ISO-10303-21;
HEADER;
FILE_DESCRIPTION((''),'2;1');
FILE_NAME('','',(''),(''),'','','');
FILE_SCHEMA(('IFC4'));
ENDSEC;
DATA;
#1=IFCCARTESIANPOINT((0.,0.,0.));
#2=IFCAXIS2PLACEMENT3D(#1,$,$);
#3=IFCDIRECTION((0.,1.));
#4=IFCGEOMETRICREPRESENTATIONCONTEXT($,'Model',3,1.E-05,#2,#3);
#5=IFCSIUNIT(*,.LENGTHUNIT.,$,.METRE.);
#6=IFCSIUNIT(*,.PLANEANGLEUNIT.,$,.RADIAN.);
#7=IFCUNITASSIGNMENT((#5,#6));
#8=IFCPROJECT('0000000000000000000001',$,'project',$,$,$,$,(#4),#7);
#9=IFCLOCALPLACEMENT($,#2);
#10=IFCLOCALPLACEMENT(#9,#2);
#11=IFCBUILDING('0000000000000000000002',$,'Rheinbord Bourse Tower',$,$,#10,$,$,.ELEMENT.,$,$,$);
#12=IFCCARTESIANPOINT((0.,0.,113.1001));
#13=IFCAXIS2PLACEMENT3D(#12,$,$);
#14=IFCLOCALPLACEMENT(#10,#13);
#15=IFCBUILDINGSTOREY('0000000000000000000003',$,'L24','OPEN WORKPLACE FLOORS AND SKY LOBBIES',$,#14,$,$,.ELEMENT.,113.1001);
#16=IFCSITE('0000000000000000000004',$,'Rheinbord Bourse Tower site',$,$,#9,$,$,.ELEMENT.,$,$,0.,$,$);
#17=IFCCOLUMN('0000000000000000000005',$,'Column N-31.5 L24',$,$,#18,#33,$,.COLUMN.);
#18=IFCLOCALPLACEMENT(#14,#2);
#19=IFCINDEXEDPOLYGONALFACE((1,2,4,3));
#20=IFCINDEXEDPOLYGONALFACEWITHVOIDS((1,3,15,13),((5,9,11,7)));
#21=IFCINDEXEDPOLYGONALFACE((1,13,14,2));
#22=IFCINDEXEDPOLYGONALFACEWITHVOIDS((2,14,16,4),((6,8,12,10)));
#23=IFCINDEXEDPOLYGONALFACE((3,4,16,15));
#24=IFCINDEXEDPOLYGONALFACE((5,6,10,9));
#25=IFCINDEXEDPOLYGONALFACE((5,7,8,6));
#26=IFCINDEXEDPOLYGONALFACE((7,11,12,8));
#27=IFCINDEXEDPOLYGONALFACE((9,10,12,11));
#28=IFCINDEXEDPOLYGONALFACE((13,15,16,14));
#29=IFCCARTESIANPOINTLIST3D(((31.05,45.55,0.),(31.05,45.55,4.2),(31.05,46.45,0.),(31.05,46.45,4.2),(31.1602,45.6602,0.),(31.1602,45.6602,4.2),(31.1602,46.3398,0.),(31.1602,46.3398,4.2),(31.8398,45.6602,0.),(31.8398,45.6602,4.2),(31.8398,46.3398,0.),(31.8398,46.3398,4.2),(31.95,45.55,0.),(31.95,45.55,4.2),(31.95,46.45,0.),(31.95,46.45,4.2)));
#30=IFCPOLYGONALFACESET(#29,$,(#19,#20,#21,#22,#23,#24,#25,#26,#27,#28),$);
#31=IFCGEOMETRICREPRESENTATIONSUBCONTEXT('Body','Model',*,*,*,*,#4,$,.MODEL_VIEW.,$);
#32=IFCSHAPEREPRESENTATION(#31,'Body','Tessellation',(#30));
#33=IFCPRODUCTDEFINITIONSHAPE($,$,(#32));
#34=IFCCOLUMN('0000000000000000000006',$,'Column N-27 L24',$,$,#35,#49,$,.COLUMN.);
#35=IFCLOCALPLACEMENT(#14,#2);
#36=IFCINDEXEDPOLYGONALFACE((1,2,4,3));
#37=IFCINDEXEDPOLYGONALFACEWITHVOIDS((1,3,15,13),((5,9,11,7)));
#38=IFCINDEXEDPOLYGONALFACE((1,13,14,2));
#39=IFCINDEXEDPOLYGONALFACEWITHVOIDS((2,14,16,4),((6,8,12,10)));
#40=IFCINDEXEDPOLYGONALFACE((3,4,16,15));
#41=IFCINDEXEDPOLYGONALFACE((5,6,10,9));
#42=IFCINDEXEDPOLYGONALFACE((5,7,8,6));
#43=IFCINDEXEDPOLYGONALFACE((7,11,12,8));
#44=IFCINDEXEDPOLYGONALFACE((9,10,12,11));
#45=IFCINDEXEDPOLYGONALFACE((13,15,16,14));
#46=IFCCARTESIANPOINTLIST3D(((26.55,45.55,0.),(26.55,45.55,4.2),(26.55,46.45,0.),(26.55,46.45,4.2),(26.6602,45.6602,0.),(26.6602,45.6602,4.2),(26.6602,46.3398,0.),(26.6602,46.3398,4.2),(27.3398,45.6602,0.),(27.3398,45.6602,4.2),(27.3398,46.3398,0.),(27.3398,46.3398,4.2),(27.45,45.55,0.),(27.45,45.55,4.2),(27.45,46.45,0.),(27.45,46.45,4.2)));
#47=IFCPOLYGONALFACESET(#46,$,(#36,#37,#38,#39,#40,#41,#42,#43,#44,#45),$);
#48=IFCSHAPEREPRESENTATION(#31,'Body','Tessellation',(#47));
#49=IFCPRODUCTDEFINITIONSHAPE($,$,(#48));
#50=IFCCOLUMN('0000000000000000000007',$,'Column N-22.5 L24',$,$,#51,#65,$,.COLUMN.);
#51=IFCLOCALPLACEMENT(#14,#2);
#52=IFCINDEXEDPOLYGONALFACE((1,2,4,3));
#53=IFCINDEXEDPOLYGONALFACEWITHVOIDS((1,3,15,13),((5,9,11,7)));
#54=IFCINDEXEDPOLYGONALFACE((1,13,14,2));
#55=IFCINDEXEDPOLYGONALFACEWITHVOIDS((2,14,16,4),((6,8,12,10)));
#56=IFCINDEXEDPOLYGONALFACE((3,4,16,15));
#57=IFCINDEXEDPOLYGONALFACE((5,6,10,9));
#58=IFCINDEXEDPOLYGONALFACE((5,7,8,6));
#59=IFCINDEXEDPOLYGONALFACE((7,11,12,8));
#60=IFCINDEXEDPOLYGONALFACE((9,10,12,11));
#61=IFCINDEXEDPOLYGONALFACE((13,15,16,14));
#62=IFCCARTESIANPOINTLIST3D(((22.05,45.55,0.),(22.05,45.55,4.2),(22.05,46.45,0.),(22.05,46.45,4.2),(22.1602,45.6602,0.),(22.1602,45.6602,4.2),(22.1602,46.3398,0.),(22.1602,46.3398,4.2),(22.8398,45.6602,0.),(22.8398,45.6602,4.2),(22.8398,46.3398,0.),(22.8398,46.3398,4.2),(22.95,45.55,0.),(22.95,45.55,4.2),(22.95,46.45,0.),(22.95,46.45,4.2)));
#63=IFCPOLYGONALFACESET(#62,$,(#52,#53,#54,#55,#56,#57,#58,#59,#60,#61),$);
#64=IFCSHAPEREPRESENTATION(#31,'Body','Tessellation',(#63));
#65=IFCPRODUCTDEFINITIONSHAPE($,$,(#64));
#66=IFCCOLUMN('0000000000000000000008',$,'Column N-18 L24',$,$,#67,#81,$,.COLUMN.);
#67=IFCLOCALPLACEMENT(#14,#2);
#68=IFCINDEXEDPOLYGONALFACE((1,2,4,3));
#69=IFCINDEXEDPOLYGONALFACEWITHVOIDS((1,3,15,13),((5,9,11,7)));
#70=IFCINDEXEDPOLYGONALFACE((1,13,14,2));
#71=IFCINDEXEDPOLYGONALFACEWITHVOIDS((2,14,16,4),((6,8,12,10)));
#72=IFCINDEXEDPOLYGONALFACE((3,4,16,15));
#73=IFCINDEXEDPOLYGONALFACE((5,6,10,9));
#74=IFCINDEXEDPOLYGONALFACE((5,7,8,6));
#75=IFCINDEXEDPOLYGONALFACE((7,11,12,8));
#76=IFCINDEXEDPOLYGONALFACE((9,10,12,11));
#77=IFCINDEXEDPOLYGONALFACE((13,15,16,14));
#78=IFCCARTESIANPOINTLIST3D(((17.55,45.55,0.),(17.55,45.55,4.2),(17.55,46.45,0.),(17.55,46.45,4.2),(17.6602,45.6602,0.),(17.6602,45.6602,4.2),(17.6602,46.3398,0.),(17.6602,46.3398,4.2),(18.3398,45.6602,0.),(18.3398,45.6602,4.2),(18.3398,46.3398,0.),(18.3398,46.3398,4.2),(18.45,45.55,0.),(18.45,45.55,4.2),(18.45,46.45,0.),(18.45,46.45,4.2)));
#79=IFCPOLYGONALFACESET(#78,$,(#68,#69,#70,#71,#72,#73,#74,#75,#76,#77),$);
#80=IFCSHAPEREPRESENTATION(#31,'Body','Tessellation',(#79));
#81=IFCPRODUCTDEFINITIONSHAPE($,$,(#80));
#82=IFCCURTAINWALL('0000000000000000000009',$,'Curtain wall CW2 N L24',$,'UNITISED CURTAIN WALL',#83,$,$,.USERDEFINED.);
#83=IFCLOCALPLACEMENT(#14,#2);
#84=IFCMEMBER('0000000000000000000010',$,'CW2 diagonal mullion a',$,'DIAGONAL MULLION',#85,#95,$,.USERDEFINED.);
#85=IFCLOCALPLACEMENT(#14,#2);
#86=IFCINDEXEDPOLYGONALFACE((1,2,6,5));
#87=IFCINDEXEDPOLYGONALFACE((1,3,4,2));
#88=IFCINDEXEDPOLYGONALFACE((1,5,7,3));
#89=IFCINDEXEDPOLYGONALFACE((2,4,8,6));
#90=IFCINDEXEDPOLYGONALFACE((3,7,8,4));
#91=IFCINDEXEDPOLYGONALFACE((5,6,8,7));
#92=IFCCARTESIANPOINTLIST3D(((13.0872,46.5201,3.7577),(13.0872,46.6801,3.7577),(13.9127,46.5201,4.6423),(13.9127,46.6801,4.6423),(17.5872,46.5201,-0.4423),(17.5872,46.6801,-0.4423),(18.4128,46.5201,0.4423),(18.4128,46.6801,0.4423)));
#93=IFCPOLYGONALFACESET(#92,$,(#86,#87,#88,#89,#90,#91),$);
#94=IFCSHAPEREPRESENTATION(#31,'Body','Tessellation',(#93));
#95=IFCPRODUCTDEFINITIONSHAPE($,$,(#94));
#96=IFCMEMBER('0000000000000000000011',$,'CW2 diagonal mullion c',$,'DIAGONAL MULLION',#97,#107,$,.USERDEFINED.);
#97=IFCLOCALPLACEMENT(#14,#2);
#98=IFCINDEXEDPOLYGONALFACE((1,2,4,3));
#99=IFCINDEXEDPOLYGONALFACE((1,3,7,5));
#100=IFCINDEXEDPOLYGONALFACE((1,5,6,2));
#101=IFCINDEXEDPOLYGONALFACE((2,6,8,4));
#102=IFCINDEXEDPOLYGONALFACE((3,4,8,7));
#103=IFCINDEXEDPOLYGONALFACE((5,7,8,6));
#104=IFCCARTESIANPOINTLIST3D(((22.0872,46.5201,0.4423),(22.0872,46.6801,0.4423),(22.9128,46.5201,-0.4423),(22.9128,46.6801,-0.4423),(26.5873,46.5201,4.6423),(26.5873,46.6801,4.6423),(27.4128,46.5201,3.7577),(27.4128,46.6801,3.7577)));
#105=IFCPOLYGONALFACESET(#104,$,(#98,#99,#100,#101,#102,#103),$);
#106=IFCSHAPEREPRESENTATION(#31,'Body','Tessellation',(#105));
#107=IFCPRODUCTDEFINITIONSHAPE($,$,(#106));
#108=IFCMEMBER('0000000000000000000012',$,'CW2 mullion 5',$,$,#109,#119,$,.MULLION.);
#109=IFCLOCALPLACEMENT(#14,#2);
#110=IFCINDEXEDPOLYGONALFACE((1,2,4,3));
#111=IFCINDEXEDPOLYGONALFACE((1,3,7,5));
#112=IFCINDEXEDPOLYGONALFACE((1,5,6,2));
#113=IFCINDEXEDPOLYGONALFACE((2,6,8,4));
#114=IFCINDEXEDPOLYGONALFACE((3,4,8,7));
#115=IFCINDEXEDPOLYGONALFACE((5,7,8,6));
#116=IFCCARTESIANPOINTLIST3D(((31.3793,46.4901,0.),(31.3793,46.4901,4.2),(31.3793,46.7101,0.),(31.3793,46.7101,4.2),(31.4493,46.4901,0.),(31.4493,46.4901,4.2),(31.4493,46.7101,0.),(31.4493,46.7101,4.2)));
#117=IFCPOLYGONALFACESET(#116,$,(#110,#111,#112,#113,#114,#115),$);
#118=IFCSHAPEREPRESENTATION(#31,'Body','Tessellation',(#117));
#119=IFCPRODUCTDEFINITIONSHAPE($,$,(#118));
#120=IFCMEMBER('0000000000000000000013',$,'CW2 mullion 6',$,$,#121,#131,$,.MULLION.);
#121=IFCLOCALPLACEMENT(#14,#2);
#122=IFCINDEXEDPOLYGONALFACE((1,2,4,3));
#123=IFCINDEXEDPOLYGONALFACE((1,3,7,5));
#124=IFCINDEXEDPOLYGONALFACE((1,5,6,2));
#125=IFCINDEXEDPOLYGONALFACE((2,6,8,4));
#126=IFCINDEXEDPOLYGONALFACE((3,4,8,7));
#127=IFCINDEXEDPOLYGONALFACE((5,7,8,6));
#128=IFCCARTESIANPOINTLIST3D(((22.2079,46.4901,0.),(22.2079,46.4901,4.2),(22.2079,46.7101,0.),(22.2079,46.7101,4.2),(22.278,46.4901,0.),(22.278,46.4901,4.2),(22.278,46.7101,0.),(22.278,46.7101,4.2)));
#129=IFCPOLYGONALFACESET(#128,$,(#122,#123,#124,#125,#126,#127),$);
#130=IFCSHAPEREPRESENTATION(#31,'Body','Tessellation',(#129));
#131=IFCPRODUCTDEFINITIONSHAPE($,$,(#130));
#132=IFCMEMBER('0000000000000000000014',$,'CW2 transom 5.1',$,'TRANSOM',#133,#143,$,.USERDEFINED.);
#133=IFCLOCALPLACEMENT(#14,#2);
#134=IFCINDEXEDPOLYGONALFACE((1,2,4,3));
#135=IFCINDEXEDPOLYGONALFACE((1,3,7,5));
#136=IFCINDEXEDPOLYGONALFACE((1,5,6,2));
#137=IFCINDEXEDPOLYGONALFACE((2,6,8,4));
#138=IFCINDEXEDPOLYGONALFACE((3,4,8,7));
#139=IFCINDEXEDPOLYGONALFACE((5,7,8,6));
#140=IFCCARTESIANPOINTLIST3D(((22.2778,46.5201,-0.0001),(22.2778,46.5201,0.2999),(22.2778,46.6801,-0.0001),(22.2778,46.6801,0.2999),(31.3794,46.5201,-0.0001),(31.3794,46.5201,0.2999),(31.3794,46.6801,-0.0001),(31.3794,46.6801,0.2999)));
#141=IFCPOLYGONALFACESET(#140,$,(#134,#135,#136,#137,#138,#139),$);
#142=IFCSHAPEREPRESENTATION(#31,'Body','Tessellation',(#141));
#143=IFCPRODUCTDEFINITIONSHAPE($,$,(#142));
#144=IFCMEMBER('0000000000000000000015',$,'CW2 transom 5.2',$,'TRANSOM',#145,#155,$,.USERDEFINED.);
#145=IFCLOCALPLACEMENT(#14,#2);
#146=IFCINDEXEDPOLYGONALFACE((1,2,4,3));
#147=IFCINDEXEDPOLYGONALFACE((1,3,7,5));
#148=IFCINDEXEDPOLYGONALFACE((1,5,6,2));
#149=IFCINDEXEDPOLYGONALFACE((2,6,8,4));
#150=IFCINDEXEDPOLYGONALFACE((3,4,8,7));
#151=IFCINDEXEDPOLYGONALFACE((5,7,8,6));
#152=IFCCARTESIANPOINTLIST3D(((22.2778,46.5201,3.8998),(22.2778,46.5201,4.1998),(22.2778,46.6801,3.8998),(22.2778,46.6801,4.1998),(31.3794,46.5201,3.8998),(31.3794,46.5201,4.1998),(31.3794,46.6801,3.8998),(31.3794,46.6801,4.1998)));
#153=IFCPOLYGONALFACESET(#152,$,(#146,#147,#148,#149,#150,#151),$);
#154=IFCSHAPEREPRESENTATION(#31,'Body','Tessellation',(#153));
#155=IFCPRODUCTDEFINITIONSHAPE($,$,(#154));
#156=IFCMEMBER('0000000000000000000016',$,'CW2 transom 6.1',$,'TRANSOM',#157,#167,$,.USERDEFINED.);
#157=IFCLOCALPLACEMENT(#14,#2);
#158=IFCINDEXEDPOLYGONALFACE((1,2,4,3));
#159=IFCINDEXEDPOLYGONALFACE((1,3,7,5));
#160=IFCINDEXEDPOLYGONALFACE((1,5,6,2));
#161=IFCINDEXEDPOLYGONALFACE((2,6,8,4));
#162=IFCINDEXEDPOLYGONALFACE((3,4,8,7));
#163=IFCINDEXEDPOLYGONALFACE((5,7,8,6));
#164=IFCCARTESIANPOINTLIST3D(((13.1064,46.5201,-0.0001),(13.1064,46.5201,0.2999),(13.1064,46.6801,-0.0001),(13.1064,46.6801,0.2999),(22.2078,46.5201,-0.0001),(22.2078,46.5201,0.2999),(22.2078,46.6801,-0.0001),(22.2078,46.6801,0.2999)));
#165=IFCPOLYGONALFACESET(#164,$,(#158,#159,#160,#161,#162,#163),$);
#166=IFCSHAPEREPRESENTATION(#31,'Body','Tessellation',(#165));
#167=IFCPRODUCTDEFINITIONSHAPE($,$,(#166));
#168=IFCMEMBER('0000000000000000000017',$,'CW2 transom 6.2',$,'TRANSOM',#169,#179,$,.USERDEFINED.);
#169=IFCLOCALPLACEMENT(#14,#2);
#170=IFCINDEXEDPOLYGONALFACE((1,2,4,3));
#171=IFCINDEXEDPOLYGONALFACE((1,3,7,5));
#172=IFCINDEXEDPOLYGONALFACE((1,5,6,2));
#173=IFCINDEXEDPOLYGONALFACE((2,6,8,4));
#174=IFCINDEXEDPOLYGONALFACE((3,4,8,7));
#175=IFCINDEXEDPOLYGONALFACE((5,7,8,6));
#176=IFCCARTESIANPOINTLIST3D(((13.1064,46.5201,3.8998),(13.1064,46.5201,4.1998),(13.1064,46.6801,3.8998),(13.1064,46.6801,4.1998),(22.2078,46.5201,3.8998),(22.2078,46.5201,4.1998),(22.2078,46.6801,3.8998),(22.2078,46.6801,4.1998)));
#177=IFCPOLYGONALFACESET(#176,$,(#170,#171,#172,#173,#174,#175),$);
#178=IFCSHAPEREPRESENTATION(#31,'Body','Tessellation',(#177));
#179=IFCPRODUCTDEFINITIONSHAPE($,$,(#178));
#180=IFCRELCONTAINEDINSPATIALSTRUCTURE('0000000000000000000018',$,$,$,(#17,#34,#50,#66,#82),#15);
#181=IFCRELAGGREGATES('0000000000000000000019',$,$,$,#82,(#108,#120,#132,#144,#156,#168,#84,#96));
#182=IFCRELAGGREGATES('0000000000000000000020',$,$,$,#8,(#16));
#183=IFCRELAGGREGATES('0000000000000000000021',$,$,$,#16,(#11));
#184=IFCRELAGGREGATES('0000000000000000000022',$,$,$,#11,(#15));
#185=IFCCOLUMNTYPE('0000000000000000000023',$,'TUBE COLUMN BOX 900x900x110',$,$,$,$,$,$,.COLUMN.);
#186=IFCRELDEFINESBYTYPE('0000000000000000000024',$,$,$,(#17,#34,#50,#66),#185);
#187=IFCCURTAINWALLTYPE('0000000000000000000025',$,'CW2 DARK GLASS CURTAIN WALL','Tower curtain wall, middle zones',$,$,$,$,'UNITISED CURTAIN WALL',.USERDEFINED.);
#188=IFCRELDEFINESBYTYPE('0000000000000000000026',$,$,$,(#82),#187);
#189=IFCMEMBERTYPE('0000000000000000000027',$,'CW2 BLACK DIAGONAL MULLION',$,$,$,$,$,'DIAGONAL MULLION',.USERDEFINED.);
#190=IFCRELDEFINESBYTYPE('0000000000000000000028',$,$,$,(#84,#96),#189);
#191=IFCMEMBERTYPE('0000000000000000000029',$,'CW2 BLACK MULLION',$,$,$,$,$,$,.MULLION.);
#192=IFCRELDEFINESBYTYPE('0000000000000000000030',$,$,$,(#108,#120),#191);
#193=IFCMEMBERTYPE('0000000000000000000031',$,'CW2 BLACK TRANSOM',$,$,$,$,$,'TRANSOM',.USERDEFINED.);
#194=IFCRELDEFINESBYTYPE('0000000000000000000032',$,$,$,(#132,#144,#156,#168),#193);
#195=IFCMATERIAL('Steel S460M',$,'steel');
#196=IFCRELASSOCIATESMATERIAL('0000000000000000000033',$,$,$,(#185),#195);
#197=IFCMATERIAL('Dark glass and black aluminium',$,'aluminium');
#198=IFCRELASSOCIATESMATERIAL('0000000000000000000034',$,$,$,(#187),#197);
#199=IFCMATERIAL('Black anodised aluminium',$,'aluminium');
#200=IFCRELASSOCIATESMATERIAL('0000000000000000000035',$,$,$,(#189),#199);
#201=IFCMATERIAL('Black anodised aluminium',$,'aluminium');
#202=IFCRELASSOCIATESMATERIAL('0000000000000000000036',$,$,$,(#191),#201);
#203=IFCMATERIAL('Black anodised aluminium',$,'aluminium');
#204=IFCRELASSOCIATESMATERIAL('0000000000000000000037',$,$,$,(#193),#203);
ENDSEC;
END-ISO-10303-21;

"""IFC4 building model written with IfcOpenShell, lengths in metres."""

from ifc_helpers import new_model, si_unit, direction, frame, origin, origin_2d, place, context, subcontext, project, spatial, rectangle, hollow_rectangle, extrude, material, material_profile, profile_set, type_object, element, aggregate, save


model = new_model("IFC4")

# Units and contexts
model_context = context("Model", 3, precision=1e-05, world=origin(), true_north=direction((0.0, 1.0)))
body_context = subcontext(model_context, "Body", "Model", "MODEL_VIEW")
ifc_project = project(units=[si_unit("LENGTHUNIT", "METRE"), si_unit("PLANEANGLEUNIT", "RADIAN")], contexts=[model_context])

# Site, building, storey
site_placement = place(None, origin())
site = spatial("IfcSite", under=ifc_project, at=site_placement, Name="Rheinbord Bourse Tower site", CompositionType="ELEMENT", RefElevation=0.0)
building_placement = place(site_placement, origin())
building = spatial("IfcBuilding", under=site, at=building_placement, Name="Rheinbord Bourse Tower", CompositionType="ELEMENT")
storey_placement = place(building_placement, frame((0.0, 0.0, 113.1001)))
storey = spatial("IfcBuildingStorey", under=building, at=storey_placement, Name="L24", Description="OPEN WORKPLACE FLOORS AND SKY LOBBIES", CompositionType="ELEMENT", Elevation=113.1001)

# Columns
ifc_material_1 = material(Name="Steel S460M", Category="steel")
ifc_material_profile_1 = material_profile(ifc_material_1, hollow_rectangle(XDim=0.8999, YDim=0.8999, WallThickness=0.1101, at=origin_2d()), Name="BOX 900x900x110")
ifc_profile_set_1 = profile_set([ifc_material_profile_1], Name="Steel S460M")
column_type = type_object("IfcColumnType", Name="TUBE COLUMN BOX 900x900x110", PredefinedType="COLUMN", material=ifc_profile_set_1)
for number, where, z_axis, x_axis, name in (
    (1, (31.5, 46.0, 0.0), (0.0, 0.0, 1.0), (0.0, 1.0, 0.0), "Column N-31.5 L24"),
    (2, (27.0, 46.0, 0.0), (0.0, 0.0, 1.0), (0.0, 1.0, 0.0), "Column N-27 L24"),
    (3, (22.5, 46.0, 0.0), (0.0, 0.0, 1.0), (0.0, 1.0, 0.0), "Column N-22.5 L24"),
    (4, (18.0, 46.0, 0.0), (0.0, 0.0, 1.0), (0.0, 1.0, 0.0), "Column N-18 L24"),
):
    element("IfcColumn", number, at=place(storey_placement, frame(where, z_axis=z_axis, x_axis=x_axis)), inside=storey, type_object=column_type, Name=name, PredefinedType="COLUMN", context=body_context, shape_type="SweptSolid", body=[
        extrude(hollow_rectangle(XDim=0.8999, YDim=0.8999, WallThickness=0.1101, at=origin_2d()), origin(), (0.0, 0.0, 1.0), 4.2),
    ])

# Curtain wall, members
ifc_material_2 = material(Name="Dark glass and black aluminium", Category="aluminium")
curtain_wall_type = type_object("IfcCurtainWallType", Name="CW2 DARK GLASS CURTAIN WALL", Description="Tower curtain wall, middle zones", ElementType="UNITISED CURTAIN WALL", PredefinedType="USERDEFINED", material=ifc_material_2)
curtain_wall_placement = place(storey_placement, origin())
curtain_wall = element("IfcCurtainWall", 5, at=curtain_wall_placement, inside=storey, type_object=curtain_wall_type, Name="Curtain wall CW2 N L24", ObjectType="UNITISED CURTAIN WALL", PredefinedType="USERDEFINED")
ifc_material_3 = material(Name="Black anodised aluminium", Category="aluminium")
ifc_material_profile_2 = material_profile(ifc_material_3, rectangle(XDim=0.1599, YDim=1.21, at=origin_2d()), Name="CW2 DIAGONAL MULLION 1210x160")
ifc_profile_set_2 = profile_set([ifc_material_profile_2], Name="Black anodised aluminium")
member_type_1 = type_object("IfcMemberType", Name="CW2 BLACK DIAGONAL MULLION", ElementType="DIAGONAL MULLION", PredefinedType="USERDEFINED", material=ifc_profile_set_2)
member_1_placement = place(storey_placement, frame((18.0, 46.6001, 0.0), z_axis=(-0.731059, 0.0, 0.682314), x_axis=(0.0, -1.0, 0.0)))
member_1 = element("IfcMember", 6, at=member_1_placement, type_object=member_type_1, Name="CW2 diagonal mullion a", ObjectType="DIAGONAL MULLION", PredefinedType="USERDEFINED", context=body_context, shape_type="SweptSolid", body=[
    extrude(rectangle(XDim=0.1599, YDim=1.21, at=origin_2d()), origin(), (0.0, 0.0, 1.0), 6.1555),
])
member_2_placement = place(storey_placement, frame((22.5, 46.6001, 0.0), z_axis=(0.731059, 0.0, 0.682314), x_axis=(0.0, 1.0, 0.0)))
member_2 = element("IfcMember", 7, at=member_2_placement, type_object=member_type_1, Name="CW2 diagonal mullion c", ObjectType="DIAGONAL MULLION", PredefinedType="USERDEFINED", context=body_context, shape_type="SweptSolid", body=[
    extrude(rectangle(XDim=0.1599, YDim=1.21, at=origin_2d()), origin(), (0.0, 0.0, 1.0), 6.1555),
])
ifc_material_4 = material(Name="Black anodised aluminium", Category="aluminium")
ifc_material_profile_3 = material_profile(ifc_material_4, rectangle(XDim=0.22, YDim=0.0701, at=origin_2d()), Name="CW2 MULLION 70x220")
ifc_profile_set_3 = profile_set([ifc_material_profile_3], Name="Black anodised aluminium")
member_type_2 = type_object("IfcMemberType", Name="CW2 BLACK MULLION", PredefinedType="MULLION", material=ifc_profile_set_3)
member_3_placement = place(storey_placement, frame((31.4143, 46.6001, 0.0), z_axis=(0.0, 0.0, 1.0), x_axis=(0.0, -1.0, 0.0)))
member_3 = element("IfcMember", 8, at=member_3_placement, type_object=member_type_2, Name="CW2 mullion 5", PredefinedType="MULLION", context=body_context, shape_type="SweptSolid", body=[
    extrude(rectangle(XDim=0.22, YDim=0.0701, at=origin_2d()), origin(), (0.0, 0.0, 1.0), 4.2),
])
member_4_placement = place(storey_placement, frame((22.2429, 46.6001, 0.0), z_axis=(0.0, 0.0, 1.0), x_axis=(0.0, -1.0, 0.0)))
member_4 = element("IfcMember", 9, at=member_4_placement, type_object=member_type_2, Name="CW2 mullion 6", PredefinedType="MULLION", context=body_context, shape_type="SweptSolid", body=[
    extrude(rectangle(XDim=0.22, YDim=0.0701, at=origin_2d()), origin(), (0.0, 0.0, 1.0), 4.2),
])
ifc_material_5 = material(Name="Black anodised aluminium", Category="aluminium")
ifc_material_profile_4 = material_profile(ifc_material_5, rectangle(XDim=0.1599, YDim=0.3, at=origin_2d()), Name="CW2 TRANSOM 300x160")
ifc_profile_set_4 = profile_set([ifc_material_profile_4], Name="Black anodised aluminium")
member_type_3 = type_object("IfcMemberType", Name="CW2 BLACK TRANSOM", ElementType="TRANSOM", PredefinedType="USERDEFINED", material=ifc_profile_set_4)
member_5_placement = place(storey_placement, frame((31.3794, 46.6001, 0.1499), z_axis=(-1.0, 0.0, 0.0), x_axis=(0.0, -1.0, 0.0)))
member_5 = element("IfcMember", 10, at=member_5_placement, type_object=member_type_3, Name="CW2 transom 5.1", ObjectType="TRANSOM", PredefinedType="USERDEFINED", context=body_context, shape_type="SweptSolid", body=[
    extrude(rectangle(XDim=0.1599, YDim=0.3, at=origin_2d()), origin(), (0.0, 0.0, 1.0), 9.1016),
])
member_6_placement = place(storey_placement, frame((31.3794, 46.6001, 4.0498), z_axis=(-1.0, 0.0, 0.0), x_axis=(0.0, -1.0, 0.0)))
member_6 = element("IfcMember", 11, at=member_6_placement, type_object=member_type_3, Name="CW2 transom 5.2", ObjectType="TRANSOM", PredefinedType="USERDEFINED", context=body_context, shape_type="SweptSolid", body=[
    extrude(rectangle(XDim=0.1599, YDim=0.3, at=origin_2d()), origin(), (0.0, 0.0, 1.0), 9.1016),
])
member_7_placement = place(storey_placement, frame((22.2078, 46.6001, 0.1499), z_axis=(-1.0, 0.0, 0.0), x_axis=(0.0, -1.0, 0.0)))
member_7 = element("IfcMember", 12, at=member_7_placement, type_object=member_type_3, Name="CW2 transom 6.1", ObjectType="TRANSOM", PredefinedType="USERDEFINED", context=body_context, shape_type="SweptSolid", body=[
    extrude(rectangle(XDim=0.1599, YDim=0.3, at=origin_2d()), origin(), (0.0, 0.0, 1.0), 9.1013),
])
member_8_placement = place(storey_placement, frame((22.2078, 46.6001, 4.0498), z_axis=(-1.0, 0.0, 0.0), x_axis=(0.0, -1.0, 0.0)))
member_8 = element("IfcMember", 13, at=member_8_placement, type_object=member_type_3, Name="CW2 transom 6.2", ObjectType="TRANSOM", PredefinedType="USERDEFINED", context=body_context, shape_type="SweptSolid", body=[
    extrude(rectangle(XDim=0.1599, YDim=0.3, at=origin_2d()), origin(), (0.0, 0.0, 1.0), 9.1013),
])

aggregate(curtain_wall, [member_3, member_4, member_5, member_6, member_7, member_8, member_1, member_2])

save(model, "model.ifc")
